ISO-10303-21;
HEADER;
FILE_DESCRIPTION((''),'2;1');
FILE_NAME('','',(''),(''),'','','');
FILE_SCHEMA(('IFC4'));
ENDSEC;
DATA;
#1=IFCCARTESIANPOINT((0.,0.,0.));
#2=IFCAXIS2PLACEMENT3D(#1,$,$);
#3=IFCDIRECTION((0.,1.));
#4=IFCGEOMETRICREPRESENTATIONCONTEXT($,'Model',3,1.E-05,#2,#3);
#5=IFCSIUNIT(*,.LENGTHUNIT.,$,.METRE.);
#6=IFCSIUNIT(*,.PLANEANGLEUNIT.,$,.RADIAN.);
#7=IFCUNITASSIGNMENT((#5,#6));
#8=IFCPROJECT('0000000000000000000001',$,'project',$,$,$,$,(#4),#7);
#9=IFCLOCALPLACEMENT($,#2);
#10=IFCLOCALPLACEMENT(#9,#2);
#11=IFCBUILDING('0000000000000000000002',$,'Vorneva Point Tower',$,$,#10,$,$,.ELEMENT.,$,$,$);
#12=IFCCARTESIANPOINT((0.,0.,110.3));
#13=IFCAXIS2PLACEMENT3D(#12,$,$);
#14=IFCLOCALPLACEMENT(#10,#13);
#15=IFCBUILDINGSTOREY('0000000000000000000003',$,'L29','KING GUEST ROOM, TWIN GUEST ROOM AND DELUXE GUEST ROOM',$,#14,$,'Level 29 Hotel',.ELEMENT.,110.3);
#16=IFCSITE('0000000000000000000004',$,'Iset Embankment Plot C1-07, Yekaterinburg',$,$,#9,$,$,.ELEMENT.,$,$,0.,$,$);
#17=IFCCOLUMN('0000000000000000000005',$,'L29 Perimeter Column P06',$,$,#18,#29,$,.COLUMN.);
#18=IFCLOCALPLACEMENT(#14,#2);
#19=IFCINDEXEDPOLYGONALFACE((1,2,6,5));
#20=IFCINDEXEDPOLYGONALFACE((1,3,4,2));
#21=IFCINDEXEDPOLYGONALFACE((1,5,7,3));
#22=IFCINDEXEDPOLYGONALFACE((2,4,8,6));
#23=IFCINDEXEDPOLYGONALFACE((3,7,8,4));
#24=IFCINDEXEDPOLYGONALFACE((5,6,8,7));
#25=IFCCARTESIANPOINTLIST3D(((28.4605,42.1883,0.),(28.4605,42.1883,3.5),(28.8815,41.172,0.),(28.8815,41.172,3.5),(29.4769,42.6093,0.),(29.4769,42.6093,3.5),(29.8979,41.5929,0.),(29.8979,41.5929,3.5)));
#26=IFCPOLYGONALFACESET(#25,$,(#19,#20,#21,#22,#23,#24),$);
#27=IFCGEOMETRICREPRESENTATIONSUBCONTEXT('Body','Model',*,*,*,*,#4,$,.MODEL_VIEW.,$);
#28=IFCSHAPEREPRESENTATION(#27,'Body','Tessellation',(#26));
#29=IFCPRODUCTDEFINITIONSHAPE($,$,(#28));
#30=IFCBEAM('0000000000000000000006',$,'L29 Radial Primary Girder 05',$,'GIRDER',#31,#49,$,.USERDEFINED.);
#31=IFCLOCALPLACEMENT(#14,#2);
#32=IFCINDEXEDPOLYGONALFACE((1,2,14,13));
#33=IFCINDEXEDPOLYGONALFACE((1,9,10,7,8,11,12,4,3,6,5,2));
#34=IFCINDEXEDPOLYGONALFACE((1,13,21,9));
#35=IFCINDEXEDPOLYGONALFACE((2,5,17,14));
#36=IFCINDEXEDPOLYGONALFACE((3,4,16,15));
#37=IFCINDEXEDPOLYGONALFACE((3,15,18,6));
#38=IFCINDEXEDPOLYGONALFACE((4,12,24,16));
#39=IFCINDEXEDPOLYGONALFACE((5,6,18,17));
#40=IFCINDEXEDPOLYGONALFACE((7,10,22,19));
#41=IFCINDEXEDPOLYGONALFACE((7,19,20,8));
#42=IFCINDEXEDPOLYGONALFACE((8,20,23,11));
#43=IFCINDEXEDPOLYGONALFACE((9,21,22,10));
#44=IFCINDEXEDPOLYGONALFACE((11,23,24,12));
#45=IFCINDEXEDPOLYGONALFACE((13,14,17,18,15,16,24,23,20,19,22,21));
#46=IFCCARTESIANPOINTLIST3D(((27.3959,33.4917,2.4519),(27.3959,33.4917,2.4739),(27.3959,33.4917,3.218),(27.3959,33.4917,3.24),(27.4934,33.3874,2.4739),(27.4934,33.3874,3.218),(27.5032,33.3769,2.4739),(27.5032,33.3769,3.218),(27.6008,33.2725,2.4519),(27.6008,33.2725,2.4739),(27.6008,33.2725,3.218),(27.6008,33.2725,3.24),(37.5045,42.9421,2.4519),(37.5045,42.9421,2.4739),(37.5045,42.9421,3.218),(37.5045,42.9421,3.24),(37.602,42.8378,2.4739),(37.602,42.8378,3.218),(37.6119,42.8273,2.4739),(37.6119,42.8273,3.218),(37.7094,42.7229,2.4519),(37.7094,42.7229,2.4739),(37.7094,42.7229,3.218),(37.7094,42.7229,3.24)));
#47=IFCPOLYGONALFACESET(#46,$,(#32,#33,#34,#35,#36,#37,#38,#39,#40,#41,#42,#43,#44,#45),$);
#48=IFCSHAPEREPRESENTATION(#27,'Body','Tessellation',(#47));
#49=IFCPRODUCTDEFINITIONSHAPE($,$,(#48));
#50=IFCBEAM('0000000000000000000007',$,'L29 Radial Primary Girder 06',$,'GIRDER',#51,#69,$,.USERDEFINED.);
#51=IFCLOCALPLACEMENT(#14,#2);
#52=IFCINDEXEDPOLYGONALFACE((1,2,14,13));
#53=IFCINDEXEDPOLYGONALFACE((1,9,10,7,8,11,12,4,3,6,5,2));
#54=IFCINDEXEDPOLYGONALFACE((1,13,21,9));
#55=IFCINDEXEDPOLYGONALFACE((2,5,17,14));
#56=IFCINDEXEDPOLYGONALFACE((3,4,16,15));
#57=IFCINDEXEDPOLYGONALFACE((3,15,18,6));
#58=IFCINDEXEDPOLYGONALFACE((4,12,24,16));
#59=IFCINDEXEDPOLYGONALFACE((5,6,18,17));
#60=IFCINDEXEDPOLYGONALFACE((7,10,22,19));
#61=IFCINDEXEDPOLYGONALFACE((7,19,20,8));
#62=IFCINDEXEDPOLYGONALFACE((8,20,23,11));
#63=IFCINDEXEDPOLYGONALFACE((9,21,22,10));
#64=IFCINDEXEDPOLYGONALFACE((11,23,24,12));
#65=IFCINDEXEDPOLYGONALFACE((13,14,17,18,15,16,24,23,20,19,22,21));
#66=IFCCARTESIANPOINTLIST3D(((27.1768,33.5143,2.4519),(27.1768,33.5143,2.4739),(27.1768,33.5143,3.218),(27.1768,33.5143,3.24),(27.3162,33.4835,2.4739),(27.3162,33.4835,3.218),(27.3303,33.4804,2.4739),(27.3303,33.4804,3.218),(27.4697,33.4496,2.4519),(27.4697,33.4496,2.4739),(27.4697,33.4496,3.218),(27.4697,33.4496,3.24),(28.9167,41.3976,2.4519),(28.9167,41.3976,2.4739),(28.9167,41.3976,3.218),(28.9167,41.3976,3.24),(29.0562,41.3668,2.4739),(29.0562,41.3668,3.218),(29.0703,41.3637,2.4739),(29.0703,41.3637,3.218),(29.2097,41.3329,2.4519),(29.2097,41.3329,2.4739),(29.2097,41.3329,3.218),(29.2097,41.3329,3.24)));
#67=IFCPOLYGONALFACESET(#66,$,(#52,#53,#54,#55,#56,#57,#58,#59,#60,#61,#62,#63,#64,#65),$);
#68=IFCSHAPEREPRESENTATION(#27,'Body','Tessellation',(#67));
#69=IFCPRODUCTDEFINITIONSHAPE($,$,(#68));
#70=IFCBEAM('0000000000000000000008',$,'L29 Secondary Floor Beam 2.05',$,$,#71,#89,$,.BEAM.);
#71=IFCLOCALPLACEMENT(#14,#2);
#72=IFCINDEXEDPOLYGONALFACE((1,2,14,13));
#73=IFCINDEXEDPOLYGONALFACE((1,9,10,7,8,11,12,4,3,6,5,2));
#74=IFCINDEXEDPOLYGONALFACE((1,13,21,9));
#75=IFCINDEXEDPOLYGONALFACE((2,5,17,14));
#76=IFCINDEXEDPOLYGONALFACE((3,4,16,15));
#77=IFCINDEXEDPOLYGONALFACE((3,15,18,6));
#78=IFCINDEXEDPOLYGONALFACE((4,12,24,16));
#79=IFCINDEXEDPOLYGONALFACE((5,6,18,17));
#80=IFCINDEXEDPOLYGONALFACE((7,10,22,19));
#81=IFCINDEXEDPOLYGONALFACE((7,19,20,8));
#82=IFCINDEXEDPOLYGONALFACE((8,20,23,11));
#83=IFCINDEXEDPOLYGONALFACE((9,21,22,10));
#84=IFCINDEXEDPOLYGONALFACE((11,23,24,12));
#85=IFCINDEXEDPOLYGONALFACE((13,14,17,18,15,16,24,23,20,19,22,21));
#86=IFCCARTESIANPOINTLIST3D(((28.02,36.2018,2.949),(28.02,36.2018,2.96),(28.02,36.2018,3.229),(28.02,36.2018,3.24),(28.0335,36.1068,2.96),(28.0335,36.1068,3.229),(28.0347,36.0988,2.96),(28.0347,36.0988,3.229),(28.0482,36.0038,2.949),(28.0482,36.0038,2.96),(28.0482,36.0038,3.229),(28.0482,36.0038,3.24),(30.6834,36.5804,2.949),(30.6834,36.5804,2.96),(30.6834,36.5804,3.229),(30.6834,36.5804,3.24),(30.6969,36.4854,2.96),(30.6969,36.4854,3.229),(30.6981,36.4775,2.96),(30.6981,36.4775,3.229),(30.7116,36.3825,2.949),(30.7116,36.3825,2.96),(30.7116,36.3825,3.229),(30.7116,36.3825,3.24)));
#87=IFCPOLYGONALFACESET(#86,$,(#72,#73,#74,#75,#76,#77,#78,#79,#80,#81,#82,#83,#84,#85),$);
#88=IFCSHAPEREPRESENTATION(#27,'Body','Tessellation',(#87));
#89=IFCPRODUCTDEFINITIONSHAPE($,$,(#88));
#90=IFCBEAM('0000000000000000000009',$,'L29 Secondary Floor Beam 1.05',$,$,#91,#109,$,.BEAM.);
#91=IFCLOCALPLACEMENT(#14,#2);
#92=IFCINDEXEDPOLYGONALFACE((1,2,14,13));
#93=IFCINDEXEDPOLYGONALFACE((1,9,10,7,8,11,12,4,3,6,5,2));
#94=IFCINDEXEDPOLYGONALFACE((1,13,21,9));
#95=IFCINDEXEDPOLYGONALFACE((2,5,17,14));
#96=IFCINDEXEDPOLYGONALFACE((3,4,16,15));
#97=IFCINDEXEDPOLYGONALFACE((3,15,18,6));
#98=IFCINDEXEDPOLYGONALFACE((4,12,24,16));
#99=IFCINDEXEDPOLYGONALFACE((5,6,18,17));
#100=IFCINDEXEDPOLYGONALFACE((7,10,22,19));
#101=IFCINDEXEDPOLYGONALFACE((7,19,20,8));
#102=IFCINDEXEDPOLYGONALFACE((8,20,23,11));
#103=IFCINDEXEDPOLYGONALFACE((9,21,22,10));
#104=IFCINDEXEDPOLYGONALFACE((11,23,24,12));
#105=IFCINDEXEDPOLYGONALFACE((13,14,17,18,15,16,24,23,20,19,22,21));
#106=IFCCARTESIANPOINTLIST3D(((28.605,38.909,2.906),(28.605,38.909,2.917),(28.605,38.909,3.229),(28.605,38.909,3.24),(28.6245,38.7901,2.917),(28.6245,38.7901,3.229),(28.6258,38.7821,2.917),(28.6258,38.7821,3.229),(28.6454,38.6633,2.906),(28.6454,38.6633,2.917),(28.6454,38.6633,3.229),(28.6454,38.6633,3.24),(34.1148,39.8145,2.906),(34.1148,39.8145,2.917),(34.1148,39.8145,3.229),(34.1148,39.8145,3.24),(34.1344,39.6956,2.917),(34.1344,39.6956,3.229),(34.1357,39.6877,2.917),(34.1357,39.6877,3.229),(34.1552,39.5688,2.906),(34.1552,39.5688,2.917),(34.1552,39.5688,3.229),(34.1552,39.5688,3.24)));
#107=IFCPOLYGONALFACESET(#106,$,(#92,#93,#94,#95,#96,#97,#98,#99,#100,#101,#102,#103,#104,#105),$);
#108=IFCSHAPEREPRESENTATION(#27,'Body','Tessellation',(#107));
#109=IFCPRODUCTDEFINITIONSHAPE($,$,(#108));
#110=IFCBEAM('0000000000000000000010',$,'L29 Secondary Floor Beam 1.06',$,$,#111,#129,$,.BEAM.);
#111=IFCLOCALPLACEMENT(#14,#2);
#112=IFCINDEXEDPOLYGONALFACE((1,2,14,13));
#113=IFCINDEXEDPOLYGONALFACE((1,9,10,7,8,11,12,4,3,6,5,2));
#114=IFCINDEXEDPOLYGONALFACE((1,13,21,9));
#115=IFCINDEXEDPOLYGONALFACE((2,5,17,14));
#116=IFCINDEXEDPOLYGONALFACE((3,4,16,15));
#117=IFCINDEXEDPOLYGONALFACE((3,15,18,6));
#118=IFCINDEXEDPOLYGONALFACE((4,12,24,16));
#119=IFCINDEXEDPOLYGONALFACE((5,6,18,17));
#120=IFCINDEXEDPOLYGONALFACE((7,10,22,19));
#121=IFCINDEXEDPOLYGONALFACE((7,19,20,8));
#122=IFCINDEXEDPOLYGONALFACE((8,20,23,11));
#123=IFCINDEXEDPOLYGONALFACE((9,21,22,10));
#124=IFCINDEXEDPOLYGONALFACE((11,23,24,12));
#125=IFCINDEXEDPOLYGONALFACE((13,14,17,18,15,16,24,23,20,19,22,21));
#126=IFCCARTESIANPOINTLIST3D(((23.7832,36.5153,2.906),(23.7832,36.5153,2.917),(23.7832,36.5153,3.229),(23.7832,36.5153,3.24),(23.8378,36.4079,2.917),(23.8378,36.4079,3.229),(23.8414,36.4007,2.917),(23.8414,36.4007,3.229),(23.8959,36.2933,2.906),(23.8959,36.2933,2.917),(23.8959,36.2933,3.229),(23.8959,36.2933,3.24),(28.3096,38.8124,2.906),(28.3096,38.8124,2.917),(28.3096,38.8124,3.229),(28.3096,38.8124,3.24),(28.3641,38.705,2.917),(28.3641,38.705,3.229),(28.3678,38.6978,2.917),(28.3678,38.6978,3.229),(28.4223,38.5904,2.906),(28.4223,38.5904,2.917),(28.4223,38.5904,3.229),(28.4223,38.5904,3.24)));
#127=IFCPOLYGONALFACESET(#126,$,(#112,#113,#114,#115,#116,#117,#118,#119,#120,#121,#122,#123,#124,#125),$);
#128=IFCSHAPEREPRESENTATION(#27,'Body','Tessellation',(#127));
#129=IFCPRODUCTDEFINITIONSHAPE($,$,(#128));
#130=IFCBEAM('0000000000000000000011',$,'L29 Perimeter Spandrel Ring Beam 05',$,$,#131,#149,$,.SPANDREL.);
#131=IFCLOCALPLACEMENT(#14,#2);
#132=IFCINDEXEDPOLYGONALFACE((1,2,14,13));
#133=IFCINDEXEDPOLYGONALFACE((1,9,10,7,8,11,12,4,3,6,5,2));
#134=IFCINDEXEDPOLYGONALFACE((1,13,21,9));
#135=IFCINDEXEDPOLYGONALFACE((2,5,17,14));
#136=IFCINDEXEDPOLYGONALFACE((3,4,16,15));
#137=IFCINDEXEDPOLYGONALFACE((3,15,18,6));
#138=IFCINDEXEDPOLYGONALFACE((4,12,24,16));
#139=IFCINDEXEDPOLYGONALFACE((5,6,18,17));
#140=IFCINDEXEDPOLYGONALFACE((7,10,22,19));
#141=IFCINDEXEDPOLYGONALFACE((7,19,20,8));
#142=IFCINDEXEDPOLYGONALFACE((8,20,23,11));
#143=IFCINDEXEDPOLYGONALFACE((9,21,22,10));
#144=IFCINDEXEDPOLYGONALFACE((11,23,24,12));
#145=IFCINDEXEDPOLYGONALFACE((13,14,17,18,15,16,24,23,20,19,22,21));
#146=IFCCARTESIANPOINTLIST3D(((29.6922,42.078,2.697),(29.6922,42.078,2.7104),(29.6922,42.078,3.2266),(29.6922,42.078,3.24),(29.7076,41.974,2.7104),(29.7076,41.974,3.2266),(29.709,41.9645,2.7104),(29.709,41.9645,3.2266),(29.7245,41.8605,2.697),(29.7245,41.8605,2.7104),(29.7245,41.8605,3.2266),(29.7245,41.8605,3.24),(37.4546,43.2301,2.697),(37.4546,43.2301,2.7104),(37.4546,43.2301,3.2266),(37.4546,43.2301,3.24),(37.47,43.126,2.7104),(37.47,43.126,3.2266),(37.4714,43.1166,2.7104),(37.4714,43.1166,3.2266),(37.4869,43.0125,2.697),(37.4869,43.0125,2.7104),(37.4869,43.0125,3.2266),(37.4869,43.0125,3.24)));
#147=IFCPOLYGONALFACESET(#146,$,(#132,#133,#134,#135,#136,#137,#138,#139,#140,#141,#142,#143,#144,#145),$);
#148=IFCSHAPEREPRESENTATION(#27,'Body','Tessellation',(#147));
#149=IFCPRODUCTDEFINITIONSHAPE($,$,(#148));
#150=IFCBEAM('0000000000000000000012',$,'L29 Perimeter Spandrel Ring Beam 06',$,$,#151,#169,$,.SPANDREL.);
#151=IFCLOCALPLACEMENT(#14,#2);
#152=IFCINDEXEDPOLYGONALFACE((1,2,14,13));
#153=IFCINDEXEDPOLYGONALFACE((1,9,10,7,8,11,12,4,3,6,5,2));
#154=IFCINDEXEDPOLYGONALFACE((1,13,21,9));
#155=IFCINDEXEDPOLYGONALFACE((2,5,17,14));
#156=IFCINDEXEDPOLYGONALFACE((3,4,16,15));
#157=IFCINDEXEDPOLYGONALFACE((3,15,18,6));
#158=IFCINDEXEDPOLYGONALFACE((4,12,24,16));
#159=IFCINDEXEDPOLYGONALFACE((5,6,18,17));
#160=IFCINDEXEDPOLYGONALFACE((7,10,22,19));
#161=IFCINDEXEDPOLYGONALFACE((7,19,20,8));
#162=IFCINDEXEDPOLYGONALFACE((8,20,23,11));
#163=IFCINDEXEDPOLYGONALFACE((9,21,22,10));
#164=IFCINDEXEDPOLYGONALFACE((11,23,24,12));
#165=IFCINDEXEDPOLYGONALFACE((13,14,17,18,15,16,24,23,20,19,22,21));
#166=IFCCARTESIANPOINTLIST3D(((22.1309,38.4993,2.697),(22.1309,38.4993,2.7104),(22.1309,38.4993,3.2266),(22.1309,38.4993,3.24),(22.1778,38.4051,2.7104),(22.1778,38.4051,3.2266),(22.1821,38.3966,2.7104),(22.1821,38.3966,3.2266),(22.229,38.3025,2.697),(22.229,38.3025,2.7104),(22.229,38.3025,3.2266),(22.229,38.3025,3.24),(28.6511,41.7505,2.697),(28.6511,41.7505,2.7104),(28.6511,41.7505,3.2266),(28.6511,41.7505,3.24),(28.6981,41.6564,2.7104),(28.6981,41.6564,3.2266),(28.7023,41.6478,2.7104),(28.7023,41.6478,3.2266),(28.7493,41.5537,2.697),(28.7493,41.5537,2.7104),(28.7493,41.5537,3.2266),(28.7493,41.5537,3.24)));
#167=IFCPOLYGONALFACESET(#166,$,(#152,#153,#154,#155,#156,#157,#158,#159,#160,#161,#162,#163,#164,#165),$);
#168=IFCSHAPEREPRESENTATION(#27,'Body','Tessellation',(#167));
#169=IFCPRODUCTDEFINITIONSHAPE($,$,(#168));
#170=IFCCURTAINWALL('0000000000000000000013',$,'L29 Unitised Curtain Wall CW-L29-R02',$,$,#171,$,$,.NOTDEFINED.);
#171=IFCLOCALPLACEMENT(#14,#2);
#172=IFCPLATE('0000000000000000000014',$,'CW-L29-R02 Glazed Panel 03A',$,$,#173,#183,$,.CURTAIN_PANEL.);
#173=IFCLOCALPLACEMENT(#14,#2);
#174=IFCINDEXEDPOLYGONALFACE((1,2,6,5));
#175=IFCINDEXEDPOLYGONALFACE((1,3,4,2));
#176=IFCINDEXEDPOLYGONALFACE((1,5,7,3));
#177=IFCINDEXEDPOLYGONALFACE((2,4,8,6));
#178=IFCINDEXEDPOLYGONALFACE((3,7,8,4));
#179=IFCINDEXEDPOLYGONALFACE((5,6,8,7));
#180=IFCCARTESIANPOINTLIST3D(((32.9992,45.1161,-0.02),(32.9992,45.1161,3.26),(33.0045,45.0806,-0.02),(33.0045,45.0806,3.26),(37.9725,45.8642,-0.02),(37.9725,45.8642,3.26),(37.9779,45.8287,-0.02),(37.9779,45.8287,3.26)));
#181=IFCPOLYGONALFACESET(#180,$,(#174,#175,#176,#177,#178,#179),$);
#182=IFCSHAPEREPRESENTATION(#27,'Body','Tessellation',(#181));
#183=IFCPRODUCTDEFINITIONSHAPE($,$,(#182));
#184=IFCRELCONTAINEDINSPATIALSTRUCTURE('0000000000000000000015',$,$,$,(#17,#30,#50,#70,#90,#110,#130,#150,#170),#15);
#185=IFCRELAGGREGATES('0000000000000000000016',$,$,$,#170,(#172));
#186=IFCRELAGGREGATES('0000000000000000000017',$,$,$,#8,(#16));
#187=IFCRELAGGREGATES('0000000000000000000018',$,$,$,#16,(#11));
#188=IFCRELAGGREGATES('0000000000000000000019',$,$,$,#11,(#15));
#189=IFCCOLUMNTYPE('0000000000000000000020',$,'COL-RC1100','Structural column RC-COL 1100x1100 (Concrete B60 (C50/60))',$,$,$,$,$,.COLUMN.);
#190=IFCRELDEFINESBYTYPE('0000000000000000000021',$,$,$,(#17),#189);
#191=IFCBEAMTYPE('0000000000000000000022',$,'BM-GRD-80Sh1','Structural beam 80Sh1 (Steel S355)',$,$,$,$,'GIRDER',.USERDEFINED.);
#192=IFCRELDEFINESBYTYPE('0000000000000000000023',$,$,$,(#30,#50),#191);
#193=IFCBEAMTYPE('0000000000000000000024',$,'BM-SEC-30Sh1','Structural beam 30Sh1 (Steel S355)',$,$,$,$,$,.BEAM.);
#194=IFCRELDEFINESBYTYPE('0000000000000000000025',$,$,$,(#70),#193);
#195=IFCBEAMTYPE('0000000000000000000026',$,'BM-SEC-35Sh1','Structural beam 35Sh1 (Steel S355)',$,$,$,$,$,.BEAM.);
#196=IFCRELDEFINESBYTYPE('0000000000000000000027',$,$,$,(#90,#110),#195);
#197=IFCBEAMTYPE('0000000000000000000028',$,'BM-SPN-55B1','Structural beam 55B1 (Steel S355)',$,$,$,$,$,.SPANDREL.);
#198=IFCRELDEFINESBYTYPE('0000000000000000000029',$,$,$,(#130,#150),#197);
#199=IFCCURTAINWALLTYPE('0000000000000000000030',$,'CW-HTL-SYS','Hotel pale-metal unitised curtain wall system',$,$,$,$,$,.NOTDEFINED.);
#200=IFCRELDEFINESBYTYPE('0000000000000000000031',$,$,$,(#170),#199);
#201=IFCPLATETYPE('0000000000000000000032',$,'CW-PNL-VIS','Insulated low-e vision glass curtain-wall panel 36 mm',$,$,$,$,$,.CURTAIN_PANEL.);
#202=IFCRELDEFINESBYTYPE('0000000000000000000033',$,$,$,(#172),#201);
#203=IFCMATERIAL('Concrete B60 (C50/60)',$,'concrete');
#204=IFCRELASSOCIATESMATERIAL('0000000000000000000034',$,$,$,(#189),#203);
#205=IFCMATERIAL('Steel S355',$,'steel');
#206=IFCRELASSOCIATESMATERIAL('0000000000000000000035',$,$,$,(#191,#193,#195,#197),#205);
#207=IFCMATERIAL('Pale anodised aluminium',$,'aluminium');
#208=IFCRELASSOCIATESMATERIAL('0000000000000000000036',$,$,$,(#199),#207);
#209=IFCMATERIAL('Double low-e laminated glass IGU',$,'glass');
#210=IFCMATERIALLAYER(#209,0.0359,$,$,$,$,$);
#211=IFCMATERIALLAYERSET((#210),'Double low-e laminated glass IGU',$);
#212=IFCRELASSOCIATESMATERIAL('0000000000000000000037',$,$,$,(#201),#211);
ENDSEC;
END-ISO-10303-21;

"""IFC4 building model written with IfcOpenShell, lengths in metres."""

from ifc_helpers import new_model, si_unit, direction, frame, origin, origin_2d, place, context, subcontext, project, spatial, rectangle, i_section, extrude, material, layer, layer_set, material_profile, profile_set, type_object, element, aggregate, save


model = new_model("IFC4")

# Units and contexts
model_context = context("Model", 3, precision=1e-05, world=origin(), true_north=direction((0.0, 1.0)))
body_context = subcontext(model_context, "Body", "Model", "MODEL_VIEW")
ifc_project = project(units=[si_unit("LENGTHUNIT", "METRE"), si_unit("PLANEANGLEUNIT", "RADIAN")], contexts=[model_context])

# Site, building, storey
site_placement = place(None, origin())
site = spatial("IfcSite", under=ifc_project, at=site_placement, Name="Iset Embankment Plot C1-07, Yekaterinburg", CompositionType="ELEMENT", RefElevation=0.0)
building_placement = place(site_placement, origin())
building = spatial("IfcBuilding", under=site, at=building_placement, Name="Vorneva Point Tower", CompositionType="ELEMENT")
storey_placement = place(building_placement, frame((0.0, 0.0, 110.3)))
storey = spatial("IfcBuildingStorey", under=building, at=storey_placement, Name="L29", Description="KING GUEST ROOM, TWIN GUEST ROOM AND DELUXE GUEST ROOM", LongName="Level 29 Hotel", CompositionType="ELEMENT", Elevation=110.3)

# Column
ifc_material_1 = material(Name="Concrete B60 (C50/60)", Category="concrete")
ifc_material_profile_1 = material_profile(ifc_material_1, rectangle(XDim=1.1001, YDim=1.1001, at=origin_2d()), Name="RC-COL 1100x1100")
ifc_profile_set_1 = profile_set([ifc_material_profile_1], Name="Concrete B60 (C50/60)")
column_type = type_object("IfcColumnType", Name="COL-RC1100", Description="Structural column RC-COL 1100x1100 (Concrete B60 (C50/60))", PredefinedType="COLUMN", material=ifc_profile_set_1)
column_placement = place(storey_placement, frame((29.1792, 41.8906, 0.0), z_axis=(0.0, 0.0, 1.0), x_axis=(-0.382683, 0.92388, 0.0)))
element("IfcColumn", 1, at=column_placement, inside=storey, type_object=column_type, Name="L29 Perimeter Column P06", PredefinedType="COLUMN", context=body_context, shape_type="SweptSolid", body=[
    extrude(rectangle(XDim=1.1001, YDim=1.1001, at=origin_2d()), origin(), (0.0, 0.0, 1.0), 3.5),
])

# Beams
ifc_material_2 = material(Name="Steel S355", Category="steel")
ifc_material_profile_2 = material_profile(ifc_material_2, i_section(OverallWidth=0.3, OverallDepth=0.7881, WebThickness=0.0144, FlangeThickness=0.022, at=origin_2d()), Name="80Sh1")
ifc_profile_set_2 = profile_set([ifc_material_profile_2], Name="Steel S355")
beam_type_1 = type_object("IfcBeamType", Name="BM-GRD-80Sh1", Description="Structural beam 80Sh1 (Steel S355)", ElementType="GIRDER", PredefinedType="USERDEFINED", material=ifc_profile_set_2)
beam_1_placement = place(storey_placement, frame((37.6069, 42.8325, 2.8459), z_axis=(-0.730489, -0.682925, 0.0), x_axis=(0.682925, -0.730489, 0.0)))
element("IfcBeam", 2, at=beam_1_placement, inside=storey, type_object=beam_type_1, Name="L29 Radial Primary Girder 05", ObjectType="GIRDER", PredefinedType="USERDEFINED", context=body_context, shape_type="SweptSolid", body=[
    extrude(i_section(OverallWidth=0.3, OverallDepth=0.7881, WebThickness=0.0144, FlangeThickness=0.022, at=origin_2d()), origin(), (0.0, 0.0, 1.0), 13.8381),
])
beam_2_placement = place(storey_placement, frame((29.0632, 41.3652, 2.8459), z_axis=(-0.215531, -0.976497, 0.0), x_axis=(0.976497, -0.215531, 0.0)))
element("IfcBeam", 3, at=beam_2_placement, inside=storey, type_object=beam_type_1, Name="L29 Radial Primary Girder 06", ObjectType="GIRDER", PredefinedType="USERDEFINED", context=body_context, shape_type="SweptSolid", body=[
    extrude(i_section(OverallWidth=0.3, OverallDepth=0.7881, WebThickness=0.0144, FlangeThickness=0.022, at=origin_2d()), origin(), (0.0, 0.0, 1.0), 8.073),
])
ifc_material_profile_3 = material_profile(ifc_material_2, i_section(OverallWidth=0.2, OverallDepth=0.291, WebThickness=0.0081, FlangeThickness=0.011, at=origin_2d()), Name="30Sh1")
ifc_profile_set_3 = profile_set([ifc_material_profile_3], Name="Steel S355")
beam_type_2 = type_object("IfcBeamType", Name="BM-SEC-30Sh1", Description="Structural beam 30Sh1 (Steel S355)", PredefinedType="BEAM", material=ifc_profile_set_3)
beam_3_placement = place(storey_placement, frame((30.6975, 36.4814, 3.0945), z_axis=(-0.990044, -0.140761, 0.0), x_axis=(0.140761, -0.990044, 0.0)))
element("IfcBeam", 4, at=beam_3_placement, inside=storey, type_object=beam_type_2, Name="L29 Secondary Floor Beam 2.05", PredefinedType="BEAM", context=body_context, shape_type="SweptSolid", body=[
    extrude(i_section(OverallWidth=0.2, OverallDepth=0.291, WebThickness=0.0081, FlangeThickness=0.011, at=origin_2d()), origin(), (0.0, 0.0, 1.0), 2.6902),
])
ifc_material_profile_4 = material_profile(ifc_material_2, i_section(OverallWidth=0.249, OverallDepth=0.334, WebThickness=0.0081, FlangeThickness=0.011, at=origin_2d()), Name="35Sh1")
ifc_profile_set_4 = profile_set([ifc_material_profile_4], Name="Steel S355")
beam_type_3 = type_object("IfcBeamType", Name="BM-SEC-35Sh1", Description="Structural beam 35Sh1 (Steel S355)", PredefinedType="BEAM", material=ifc_profile_set_4)
beam_4_placement = place(storey_placement, frame((34.135, 39.6917, 3.073), z_axis=(-0.986762, -0.162172, 0.0), x_axis=(0.162172, -0.986762, 0.0)))
element("IfcBeam", 5, at=beam_4_placement, inside=storey, type_object=beam_type_3, Name="L29 Secondary Floor Beam 1.05", PredefinedType="BEAM", context=body_context, shape_type="SweptSolid", body=[
    extrude(i_section(OverallWidth=0.249, OverallDepth=0.334, WebThickness=0.0081, FlangeThickness=0.011, at=origin_2d()), origin(), (0.0, 0.0, 1.0), 5.5837),
])
beam_5_placement = place(storey_placement, frame((28.366, 38.7014, 3.073), z_axis=(-0.891737, -0.452554, 0.0), x_axis=(0.452554, -0.891737, 0.0)))
element("IfcBeam", 6, at=beam_5_placement, inside=storey, type_object=beam_type_3, Name="L29 Secondary Floor Beam 1.06", PredefinedType="BEAM", context=body_context, shape_type="SweptSolid", body=[
    extrude(i_section(OverallWidth=0.249, OverallDepth=0.334, WebThickness=0.0081, FlangeThickness=0.011, at=origin_2d()), origin(), (0.0, 0.0, 1.0), 5.0759),
])
ifc_material_profile_5 = material_profile(ifc_material_2, i_section(OverallWidth=0.22, OverallDepth=0.543, WebThickness=0.0095, FlangeThickness=0.0134, at=origin_2d()), Name="55B1")
ifc_profile_set_5 = profile_set([ifc_material_profile_5], Name="Steel S355")
beam_type_4 = type_object("IfcBeamType", Name="BM-SPN-55B1", Description="Structural beam 55B1 (Steel S355)", PredefinedType="SPANDREL", material=ifc_profile_set_5)
beam_6_placement = place(storey_placement, frame((37.4707, 43.1213, 2.9685), z_axis=(-0.989165, -0.146811, 0.0), x_axis=(0.146811, -0.989165, 0.0)))
element("IfcBeam", 7, at=beam_6_placement, inside=storey, type_object=beam_type_4, Name="L29 Perimeter Spandrel Ring Beam 05", PredefinedType="SPANDREL", context=body_context, shape_type="SweptSolid", body=[
    extrude(i_section(OverallWidth=0.22, OverallDepth=0.543, WebThickness=0.0095, FlangeThickness=0.0134, at=origin_2d()), origin(), (0.0, 0.0, 1.0), 7.8474),
])
beam_7_placement = place(storey_placement, frame((28.7002, 41.6521, 2.9685), z_axis=(-0.894916, -0.446235, 0.0), x_axis=(0.446235, -0.894916, 0.0)))
element("IfcBeam", 8, at=beam_7_placement, inside=storey, type_object=beam_type_4, Name="L29 Perimeter Spandrel Ring Beam 06", PredefinedType="SPANDREL", context=body_context, shape_type="SweptSolid", body=[
    extrude(i_section(OverallWidth=0.22, OverallDepth=0.543, WebThickness=0.0095, FlangeThickness=0.0134, at=origin_2d()), origin(), (0.0, 0.0, 1.0), 7.2859),
])

# Curtain wall, plate
ifc_material_3 = material(Name="Pale anodised aluminium", Category="aluminium")
curtain_wall_type = type_object("IfcCurtainWallType", Name="CW-HTL-SYS", Description="Hotel pale-metal unitised curtain wall system", PredefinedType="NOTDEFINED", material=ifc_material_3)
curtain_wall_placement = place(storey_placement, origin())
curtain_wall = element("IfcCurtainWall", 9, at=curtain_wall_placement, inside=storey, type_object=curtain_wall_type, Name="L29 Unitised Curtain Wall CW-L29-R02", PredefinedType="NOTDEFINED")
ifc_material_4 = material(Name="Double low-e laminated glass IGU", Category="glass")
ifc_layer_1 = layer(ifc_material_4, 0.0359)
ifc_layer_set_1 = layer_set([ifc_layer_1], Name="Double low-e laminated glass IGU")
plate_type = type_object("IfcPlateType", Name="CW-PNL-VIS", Description="Insulated low-e vision glass curtain-wall panel 36 mm", PredefinedType="CURTAIN_PANEL", material=ifc_layer_set_1)
plate_1_placement = place(storey_placement, frame((35.4885, 45.4724, -0.02), z_axis=(0.0, 0.0, 1.0), x_axis=(-0.988876, -0.148741, 0.0)))
plate_1 = element("IfcPlate", 10, at=plate_1_placement, type_object=plate_type, Name="CW-L29-R02 Glazed Panel 03A", PredefinedType="CURTAIN_PANEL", context=body_context, shape_type="SweptSolid", body=[
    extrude(rectangle(XDim=5.0293, YDim=0.0359, at=origin_2d()), origin(), (0.0, 0.0, 1.0), 3.28),
])
aggregate(curtain_wall, [plate_1])

save(model, "model.ifc")
